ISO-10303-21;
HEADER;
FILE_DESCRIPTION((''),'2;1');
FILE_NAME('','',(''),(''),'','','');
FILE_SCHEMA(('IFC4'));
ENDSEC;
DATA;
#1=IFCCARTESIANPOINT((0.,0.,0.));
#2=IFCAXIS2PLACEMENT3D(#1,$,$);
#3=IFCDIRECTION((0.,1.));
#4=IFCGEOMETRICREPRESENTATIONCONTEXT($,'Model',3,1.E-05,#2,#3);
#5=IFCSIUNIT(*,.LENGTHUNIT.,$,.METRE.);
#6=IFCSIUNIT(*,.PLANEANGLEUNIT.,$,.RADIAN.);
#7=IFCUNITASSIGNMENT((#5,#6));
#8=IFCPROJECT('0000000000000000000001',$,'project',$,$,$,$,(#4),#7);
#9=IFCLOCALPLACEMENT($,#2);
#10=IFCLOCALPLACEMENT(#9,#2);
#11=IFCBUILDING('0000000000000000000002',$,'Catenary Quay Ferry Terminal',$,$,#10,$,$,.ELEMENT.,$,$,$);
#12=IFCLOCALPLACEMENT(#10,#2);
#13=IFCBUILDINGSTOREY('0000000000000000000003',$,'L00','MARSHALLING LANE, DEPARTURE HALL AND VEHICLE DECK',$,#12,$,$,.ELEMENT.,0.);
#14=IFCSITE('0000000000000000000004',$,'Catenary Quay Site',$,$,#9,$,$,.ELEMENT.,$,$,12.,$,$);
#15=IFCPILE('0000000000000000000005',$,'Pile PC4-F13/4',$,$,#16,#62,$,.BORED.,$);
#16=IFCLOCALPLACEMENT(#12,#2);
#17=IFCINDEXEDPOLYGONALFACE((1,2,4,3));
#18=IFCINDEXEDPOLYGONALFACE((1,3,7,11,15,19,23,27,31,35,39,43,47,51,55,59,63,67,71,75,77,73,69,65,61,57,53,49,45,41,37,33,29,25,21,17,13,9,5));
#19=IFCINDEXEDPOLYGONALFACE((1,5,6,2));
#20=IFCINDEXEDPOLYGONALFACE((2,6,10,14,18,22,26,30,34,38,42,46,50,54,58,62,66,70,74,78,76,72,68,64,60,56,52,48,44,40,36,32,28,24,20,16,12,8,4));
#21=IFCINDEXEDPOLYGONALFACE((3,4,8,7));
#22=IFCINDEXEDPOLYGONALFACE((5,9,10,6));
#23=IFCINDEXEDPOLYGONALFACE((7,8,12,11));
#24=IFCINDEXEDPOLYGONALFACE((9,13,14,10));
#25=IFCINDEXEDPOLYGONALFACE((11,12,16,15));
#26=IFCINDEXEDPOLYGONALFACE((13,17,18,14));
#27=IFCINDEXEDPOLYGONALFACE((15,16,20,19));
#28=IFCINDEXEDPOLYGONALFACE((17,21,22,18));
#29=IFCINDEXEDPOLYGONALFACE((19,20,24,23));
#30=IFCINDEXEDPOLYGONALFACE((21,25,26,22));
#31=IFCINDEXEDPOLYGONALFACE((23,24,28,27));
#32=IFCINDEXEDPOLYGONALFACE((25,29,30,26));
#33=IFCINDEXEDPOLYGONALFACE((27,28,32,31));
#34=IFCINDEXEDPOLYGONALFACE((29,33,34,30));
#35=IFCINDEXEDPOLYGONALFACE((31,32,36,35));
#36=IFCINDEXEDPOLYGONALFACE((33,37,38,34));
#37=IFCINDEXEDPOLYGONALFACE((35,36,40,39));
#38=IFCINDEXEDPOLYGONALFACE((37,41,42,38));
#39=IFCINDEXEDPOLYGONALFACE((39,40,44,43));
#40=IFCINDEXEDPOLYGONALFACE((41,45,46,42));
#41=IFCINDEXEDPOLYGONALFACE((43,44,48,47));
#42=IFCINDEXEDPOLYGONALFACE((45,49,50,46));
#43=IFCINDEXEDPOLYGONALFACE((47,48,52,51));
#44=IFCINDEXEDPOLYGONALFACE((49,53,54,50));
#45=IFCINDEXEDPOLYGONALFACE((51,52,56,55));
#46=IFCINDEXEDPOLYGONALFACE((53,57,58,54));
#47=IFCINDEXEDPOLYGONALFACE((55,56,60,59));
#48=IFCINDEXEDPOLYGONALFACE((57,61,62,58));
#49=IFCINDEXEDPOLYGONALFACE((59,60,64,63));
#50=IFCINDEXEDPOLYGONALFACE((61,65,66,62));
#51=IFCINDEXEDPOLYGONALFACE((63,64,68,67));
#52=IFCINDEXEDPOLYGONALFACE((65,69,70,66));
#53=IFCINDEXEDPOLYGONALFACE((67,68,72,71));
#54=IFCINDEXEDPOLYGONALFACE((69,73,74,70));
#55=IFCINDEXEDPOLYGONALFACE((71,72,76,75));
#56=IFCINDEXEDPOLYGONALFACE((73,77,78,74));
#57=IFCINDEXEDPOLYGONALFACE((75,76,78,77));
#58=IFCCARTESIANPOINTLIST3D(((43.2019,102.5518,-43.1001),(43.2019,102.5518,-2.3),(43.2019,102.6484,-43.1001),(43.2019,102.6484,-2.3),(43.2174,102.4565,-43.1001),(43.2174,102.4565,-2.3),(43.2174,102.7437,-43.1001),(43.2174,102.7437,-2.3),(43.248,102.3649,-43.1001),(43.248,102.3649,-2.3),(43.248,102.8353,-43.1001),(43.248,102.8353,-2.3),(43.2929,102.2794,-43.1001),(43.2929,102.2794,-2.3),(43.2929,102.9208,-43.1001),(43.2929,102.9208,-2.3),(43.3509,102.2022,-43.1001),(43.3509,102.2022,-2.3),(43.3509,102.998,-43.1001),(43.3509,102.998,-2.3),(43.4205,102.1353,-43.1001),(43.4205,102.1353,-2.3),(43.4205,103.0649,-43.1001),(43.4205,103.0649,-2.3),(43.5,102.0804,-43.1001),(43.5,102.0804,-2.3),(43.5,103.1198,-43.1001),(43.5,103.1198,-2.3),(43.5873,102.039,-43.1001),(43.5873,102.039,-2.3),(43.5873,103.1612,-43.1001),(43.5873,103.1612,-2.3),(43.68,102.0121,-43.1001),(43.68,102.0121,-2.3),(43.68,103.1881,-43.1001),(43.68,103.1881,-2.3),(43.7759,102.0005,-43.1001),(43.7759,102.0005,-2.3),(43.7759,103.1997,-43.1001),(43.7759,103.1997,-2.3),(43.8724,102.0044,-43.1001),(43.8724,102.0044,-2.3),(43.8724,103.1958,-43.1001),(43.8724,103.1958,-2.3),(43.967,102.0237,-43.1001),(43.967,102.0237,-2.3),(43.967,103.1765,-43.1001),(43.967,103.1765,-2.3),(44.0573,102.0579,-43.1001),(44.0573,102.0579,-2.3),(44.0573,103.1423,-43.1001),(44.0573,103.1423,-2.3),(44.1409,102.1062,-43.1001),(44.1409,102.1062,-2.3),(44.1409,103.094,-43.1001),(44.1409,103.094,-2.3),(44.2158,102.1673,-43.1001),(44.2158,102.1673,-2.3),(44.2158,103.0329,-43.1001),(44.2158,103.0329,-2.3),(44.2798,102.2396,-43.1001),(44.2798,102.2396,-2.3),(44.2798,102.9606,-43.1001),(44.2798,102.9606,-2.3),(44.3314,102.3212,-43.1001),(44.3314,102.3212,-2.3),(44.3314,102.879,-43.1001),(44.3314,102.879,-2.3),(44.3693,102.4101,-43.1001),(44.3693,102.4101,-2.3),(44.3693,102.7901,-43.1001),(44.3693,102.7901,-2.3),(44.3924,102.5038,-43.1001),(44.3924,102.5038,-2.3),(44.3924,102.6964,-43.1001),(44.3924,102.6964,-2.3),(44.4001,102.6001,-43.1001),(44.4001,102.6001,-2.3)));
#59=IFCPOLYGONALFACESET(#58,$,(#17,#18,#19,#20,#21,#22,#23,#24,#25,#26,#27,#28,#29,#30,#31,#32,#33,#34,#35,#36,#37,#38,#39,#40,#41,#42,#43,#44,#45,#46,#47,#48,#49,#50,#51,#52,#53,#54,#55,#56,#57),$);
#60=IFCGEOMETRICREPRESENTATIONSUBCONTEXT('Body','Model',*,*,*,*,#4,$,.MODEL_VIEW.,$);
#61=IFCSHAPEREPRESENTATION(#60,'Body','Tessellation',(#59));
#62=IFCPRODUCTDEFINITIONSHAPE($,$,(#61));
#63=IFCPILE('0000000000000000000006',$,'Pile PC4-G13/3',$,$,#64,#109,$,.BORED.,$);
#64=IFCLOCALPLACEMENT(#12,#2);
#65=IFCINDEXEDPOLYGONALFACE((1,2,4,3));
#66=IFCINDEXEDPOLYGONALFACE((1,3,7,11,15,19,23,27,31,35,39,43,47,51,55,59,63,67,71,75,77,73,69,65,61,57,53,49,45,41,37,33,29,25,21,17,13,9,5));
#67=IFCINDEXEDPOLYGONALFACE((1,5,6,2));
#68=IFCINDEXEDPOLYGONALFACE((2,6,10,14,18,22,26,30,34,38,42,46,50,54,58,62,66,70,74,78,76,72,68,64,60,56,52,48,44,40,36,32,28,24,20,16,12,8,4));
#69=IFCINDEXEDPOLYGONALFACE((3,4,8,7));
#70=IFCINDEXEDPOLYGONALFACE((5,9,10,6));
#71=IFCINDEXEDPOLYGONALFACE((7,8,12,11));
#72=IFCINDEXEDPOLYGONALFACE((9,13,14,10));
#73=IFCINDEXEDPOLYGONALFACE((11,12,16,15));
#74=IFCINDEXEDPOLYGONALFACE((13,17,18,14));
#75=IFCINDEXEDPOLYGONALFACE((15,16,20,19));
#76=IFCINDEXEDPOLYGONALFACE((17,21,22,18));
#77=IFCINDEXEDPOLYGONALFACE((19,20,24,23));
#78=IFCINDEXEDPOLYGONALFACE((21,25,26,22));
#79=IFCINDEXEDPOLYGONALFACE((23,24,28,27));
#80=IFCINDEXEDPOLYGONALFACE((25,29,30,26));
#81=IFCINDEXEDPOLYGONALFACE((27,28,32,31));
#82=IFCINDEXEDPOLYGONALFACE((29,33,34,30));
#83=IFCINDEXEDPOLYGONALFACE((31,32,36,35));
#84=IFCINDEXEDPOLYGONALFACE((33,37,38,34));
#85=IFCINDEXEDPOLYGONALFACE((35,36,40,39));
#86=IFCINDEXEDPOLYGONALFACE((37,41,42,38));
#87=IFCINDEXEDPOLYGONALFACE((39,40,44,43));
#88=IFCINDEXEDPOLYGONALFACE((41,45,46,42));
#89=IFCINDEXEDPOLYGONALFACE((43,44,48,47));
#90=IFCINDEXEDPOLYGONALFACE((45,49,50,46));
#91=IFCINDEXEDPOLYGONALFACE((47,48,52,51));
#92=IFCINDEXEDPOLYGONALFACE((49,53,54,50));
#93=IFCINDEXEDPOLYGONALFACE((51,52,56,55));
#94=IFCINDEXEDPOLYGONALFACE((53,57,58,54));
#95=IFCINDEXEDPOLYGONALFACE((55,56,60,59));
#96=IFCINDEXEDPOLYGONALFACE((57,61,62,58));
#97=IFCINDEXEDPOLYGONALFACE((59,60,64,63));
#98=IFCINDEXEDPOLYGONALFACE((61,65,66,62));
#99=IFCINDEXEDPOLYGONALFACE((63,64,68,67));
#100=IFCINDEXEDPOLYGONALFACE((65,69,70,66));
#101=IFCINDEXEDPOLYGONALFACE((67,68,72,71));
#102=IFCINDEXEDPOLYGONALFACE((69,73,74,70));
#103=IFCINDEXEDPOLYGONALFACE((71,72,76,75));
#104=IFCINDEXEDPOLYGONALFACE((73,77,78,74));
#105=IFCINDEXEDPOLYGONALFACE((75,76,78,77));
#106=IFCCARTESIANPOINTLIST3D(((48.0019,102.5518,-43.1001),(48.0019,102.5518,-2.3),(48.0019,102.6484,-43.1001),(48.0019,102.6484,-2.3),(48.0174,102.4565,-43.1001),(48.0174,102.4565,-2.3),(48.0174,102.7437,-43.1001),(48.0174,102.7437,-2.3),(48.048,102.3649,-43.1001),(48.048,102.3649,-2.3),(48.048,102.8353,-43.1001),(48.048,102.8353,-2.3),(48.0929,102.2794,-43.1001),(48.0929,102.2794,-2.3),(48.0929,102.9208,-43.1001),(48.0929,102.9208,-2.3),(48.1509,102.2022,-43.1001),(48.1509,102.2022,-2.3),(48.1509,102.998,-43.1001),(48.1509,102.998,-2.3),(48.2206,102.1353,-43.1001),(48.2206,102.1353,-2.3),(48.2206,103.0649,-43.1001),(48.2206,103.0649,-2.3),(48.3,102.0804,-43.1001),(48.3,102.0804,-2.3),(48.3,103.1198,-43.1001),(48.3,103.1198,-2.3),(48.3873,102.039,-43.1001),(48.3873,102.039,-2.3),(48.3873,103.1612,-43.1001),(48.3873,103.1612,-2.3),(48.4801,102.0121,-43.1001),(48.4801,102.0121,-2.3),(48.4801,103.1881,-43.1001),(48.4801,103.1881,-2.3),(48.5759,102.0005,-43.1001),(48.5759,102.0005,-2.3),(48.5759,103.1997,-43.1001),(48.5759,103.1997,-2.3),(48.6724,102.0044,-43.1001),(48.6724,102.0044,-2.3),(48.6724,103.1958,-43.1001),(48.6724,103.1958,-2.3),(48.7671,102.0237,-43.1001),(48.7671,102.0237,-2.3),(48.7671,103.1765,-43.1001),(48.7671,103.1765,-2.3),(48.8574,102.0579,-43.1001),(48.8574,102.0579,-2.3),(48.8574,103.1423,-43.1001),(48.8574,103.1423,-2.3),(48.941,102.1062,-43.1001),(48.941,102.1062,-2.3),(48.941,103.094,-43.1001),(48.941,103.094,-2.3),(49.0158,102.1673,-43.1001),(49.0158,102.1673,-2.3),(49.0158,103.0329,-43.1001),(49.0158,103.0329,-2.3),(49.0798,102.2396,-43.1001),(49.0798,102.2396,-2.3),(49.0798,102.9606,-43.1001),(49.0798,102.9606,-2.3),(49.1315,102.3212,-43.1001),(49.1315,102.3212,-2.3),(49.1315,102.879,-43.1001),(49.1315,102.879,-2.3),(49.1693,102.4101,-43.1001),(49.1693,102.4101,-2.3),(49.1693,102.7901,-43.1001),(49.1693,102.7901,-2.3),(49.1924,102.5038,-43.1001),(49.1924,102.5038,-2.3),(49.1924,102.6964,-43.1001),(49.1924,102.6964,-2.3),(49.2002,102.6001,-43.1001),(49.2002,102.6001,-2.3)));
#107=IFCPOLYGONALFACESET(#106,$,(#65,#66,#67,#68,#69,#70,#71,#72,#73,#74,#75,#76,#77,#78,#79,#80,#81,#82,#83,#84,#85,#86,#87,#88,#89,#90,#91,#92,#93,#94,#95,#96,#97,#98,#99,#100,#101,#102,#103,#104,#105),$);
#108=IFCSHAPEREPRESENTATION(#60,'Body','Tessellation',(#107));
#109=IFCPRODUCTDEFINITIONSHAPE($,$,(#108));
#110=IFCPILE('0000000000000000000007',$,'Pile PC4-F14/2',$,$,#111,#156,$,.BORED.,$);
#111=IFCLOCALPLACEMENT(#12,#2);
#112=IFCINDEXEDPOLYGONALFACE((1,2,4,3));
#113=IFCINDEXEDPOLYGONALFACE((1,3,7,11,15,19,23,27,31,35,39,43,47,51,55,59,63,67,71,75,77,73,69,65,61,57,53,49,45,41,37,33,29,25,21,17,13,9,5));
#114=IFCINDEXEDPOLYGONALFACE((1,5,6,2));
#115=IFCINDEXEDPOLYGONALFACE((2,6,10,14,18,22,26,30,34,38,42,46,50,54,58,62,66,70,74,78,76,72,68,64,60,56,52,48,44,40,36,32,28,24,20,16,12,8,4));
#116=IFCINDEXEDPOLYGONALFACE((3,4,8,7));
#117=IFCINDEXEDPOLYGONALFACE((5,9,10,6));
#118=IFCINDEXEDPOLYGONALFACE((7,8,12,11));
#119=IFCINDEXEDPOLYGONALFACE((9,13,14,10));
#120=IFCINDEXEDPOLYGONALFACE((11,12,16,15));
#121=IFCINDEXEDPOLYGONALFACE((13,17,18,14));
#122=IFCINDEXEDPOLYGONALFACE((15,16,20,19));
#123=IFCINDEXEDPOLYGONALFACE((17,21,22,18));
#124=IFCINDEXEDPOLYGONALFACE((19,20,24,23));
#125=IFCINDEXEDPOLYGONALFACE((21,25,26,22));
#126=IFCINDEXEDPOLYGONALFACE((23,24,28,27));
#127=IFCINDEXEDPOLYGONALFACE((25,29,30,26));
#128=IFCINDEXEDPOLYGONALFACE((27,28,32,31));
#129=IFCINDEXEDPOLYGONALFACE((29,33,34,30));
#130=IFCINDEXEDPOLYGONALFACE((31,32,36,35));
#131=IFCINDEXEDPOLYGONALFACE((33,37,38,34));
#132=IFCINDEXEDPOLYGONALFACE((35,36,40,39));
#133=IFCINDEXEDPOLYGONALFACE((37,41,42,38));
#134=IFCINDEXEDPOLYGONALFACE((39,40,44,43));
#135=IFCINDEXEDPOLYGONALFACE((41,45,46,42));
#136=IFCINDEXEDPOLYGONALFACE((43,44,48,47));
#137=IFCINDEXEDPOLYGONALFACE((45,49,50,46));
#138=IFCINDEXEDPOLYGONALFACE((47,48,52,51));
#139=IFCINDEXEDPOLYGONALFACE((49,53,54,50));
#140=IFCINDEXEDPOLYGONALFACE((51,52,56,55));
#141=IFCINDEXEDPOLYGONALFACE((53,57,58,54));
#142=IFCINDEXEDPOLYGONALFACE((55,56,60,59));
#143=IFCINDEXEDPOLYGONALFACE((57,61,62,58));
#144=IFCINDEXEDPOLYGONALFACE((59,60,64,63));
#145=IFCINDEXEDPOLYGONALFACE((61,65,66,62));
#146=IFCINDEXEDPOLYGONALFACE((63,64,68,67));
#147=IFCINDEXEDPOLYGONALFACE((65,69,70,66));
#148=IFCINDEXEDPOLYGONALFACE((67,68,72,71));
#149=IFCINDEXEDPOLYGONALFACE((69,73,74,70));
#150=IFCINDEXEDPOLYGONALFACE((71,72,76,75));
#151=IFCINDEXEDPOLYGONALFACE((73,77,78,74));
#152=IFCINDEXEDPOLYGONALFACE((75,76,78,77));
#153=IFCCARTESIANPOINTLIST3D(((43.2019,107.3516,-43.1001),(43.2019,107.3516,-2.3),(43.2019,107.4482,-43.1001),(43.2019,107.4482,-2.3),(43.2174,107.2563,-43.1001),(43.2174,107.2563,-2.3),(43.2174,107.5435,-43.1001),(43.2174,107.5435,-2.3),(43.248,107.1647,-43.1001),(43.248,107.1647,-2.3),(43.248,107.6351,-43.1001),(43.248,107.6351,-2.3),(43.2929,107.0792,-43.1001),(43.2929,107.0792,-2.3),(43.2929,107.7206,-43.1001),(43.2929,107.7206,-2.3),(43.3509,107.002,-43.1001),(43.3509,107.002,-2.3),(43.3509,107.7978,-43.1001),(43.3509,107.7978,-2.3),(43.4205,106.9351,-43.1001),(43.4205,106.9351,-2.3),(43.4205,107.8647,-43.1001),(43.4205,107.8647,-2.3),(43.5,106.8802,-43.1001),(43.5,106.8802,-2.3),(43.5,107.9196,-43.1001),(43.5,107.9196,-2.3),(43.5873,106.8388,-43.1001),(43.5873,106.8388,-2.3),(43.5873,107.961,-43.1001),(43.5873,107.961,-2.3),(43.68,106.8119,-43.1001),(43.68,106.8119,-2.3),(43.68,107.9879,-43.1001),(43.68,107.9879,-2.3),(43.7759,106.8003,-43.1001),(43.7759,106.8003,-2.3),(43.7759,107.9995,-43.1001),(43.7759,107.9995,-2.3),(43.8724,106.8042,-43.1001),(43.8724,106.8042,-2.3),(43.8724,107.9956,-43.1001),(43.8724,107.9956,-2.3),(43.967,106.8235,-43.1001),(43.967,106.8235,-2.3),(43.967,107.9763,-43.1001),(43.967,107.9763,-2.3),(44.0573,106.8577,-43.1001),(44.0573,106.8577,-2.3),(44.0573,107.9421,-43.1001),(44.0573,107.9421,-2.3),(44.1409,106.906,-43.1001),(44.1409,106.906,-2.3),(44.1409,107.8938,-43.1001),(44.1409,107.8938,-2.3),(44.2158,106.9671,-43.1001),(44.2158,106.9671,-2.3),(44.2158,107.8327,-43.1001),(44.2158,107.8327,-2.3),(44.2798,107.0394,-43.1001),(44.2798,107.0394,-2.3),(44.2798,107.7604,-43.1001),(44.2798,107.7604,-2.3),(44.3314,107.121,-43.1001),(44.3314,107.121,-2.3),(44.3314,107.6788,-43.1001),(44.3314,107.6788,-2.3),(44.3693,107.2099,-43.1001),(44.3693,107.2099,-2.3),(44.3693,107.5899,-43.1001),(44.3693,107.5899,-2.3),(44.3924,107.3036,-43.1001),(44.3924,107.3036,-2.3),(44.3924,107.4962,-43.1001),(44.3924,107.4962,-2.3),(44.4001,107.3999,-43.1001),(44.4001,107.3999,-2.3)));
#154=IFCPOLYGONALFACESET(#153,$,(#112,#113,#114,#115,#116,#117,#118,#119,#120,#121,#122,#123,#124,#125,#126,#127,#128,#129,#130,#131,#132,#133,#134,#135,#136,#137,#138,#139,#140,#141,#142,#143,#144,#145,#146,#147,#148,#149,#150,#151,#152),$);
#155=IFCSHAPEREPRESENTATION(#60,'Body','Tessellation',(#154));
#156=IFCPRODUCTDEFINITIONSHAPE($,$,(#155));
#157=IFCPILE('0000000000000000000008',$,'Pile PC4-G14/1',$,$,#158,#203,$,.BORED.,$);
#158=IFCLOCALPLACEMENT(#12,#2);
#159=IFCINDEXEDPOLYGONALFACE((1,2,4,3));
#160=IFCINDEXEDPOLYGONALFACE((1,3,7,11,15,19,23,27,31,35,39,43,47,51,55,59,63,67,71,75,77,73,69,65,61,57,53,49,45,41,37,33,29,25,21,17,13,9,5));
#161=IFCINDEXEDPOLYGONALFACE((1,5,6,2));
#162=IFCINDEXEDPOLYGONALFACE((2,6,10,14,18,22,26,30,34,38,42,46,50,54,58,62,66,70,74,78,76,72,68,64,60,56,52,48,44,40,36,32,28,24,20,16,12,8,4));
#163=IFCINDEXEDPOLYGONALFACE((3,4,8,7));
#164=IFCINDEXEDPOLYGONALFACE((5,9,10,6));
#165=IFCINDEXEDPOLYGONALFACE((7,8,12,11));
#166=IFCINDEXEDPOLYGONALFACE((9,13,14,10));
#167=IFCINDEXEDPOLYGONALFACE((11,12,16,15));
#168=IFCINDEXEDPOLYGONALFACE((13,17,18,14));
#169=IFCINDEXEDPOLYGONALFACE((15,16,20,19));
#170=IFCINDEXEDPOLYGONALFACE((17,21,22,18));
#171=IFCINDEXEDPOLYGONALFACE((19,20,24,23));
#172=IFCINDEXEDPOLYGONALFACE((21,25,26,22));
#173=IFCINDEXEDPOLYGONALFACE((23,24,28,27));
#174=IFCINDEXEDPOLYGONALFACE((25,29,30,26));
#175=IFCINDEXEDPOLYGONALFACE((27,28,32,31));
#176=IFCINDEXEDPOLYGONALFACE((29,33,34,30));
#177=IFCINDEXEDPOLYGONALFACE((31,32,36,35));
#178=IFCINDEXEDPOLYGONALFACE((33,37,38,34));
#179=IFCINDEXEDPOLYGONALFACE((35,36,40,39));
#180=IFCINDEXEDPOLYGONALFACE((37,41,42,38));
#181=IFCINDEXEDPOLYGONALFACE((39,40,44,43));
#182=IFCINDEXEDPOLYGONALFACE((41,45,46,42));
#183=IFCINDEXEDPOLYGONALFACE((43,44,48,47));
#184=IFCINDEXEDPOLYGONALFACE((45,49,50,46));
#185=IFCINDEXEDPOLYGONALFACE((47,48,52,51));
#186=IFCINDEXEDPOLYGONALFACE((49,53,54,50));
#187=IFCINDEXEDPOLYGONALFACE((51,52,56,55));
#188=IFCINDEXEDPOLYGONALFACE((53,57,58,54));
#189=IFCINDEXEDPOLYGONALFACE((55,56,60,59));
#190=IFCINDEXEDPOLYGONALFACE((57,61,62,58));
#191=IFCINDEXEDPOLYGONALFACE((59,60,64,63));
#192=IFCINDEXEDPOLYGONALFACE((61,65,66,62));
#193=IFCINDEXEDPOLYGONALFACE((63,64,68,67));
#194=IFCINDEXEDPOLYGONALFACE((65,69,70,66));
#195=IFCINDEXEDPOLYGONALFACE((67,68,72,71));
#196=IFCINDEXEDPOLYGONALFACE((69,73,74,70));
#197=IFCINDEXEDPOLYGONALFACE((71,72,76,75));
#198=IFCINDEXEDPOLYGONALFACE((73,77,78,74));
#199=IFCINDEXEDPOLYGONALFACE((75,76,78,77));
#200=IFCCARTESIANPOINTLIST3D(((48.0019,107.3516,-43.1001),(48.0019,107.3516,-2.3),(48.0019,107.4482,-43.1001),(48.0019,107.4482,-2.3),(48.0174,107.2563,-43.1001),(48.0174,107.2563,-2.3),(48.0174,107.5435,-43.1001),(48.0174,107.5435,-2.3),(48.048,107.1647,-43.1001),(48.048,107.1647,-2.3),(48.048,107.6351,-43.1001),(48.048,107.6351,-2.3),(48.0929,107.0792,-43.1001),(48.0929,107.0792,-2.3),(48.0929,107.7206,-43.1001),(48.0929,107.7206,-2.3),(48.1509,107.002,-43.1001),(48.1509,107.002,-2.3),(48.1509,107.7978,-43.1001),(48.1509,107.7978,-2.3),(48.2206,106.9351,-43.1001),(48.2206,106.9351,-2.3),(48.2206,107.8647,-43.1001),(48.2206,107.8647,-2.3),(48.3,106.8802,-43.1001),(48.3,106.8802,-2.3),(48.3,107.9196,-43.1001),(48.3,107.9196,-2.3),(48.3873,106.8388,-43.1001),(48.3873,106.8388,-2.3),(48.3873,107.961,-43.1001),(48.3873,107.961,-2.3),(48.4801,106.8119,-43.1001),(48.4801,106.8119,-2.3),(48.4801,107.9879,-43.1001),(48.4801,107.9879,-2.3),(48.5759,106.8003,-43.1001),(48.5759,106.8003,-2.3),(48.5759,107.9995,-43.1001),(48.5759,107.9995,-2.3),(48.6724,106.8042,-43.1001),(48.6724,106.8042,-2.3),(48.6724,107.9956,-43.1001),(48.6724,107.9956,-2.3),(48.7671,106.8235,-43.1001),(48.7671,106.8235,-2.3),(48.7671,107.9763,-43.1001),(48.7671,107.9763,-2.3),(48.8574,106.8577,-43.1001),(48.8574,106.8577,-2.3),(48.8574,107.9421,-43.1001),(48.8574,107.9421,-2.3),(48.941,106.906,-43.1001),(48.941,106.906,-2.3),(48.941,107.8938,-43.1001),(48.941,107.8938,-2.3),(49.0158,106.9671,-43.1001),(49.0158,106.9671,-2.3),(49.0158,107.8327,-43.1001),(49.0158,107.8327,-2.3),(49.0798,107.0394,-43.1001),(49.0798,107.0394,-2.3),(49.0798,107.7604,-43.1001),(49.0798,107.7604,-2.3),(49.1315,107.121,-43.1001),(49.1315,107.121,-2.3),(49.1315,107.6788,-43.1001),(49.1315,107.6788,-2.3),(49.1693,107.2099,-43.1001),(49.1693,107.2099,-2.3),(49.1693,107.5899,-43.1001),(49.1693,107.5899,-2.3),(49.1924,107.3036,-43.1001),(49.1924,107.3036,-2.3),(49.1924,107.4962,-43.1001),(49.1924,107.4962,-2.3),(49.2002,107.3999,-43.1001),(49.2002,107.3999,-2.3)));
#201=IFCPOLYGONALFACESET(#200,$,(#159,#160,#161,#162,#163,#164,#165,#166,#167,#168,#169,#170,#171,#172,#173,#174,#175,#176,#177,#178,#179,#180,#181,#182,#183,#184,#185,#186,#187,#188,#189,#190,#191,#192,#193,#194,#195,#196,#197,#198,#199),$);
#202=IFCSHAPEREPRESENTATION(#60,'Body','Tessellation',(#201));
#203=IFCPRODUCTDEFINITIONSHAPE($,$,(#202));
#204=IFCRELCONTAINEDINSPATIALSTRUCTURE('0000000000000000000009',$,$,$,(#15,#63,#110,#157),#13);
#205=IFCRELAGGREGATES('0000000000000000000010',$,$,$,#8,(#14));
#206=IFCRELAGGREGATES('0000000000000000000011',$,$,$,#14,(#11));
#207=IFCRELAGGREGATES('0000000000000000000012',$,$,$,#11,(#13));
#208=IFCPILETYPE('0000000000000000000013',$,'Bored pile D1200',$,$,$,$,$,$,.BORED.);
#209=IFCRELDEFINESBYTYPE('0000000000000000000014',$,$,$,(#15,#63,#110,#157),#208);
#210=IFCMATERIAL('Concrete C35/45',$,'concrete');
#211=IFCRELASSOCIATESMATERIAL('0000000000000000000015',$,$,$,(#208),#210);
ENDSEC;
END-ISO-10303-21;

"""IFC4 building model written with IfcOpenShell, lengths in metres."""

from ifc_helpers import new_model, si_unit, direction, frame, origin, origin_2d, place, context, subcontext, project, spatial, circle, extrude, material, material_profile, profile_set, type_object, element, save


model = new_model("IFC4")

# Units and contexts
model_context = context("Model", 3, precision=1e-05, world=origin(), true_north=direction((0.0, 1.0)))
body_context = subcontext(model_context, "Body", "Model", "MODEL_VIEW")
ifc_project = project(units=[si_unit("LENGTHUNIT", "METRE"), si_unit("PLANEANGLEUNIT", "RADIAN")], contexts=[model_context])

# Site, building, storey
site_placement = place(None, origin())
site = spatial("IfcSite", under=ifc_project, at=site_placement, Name="Catenary Quay Site", CompositionType="ELEMENT", RefElevation=12.0)
building_placement = place(site_placement, origin())
building = spatial("IfcBuilding", under=site, at=building_placement, Name="Catenary Quay Ferry Terminal", CompositionType="ELEMENT")
storey_placement = place(building_placement, origin())
storey = spatial("IfcBuildingStorey", under=building, at=storey_placement, Name="L00", Description="MARSHALLING LANE, DEPARTURE HALL AND VEHICLE DECK", CompositionType="ELEMENT", Elevation=0.0)

# Piles
ifc_material_1 = material(Name="Concrete C35/45", Category="concrete")
ifc_material_profile_1 = material_profile(ifc_material_1, circle(Radius=0.6001, at=origin_2d()), Name="D1200")
ifc_profile_set_1 = profile_set([ifc_material_profile_1], Name="Concrete C35/45")
pile_type = type_object("IfcPileType", Name="Bored pile D1200", PredefinedType="BORED", material=ifc_profile_set_1)
for number, where, z_axis, x_axis, name in (
    (1, (43.8, 102.6001, -2.3), (0.0, 0.0, -1.0), (1.0, 0.0, 0.0), "Pile PC4-F13/4"),
    (2, (48.6001, 102.6001, -2.3), (0.0, 0.0, -1.0), (1.0, 0.0, 0.0), "Pile PC4-G13/3"),
    (3, (43.8, 107.3999, -2.3), (0.0, 0.0, -1.0), (1.0, 0.0, 0.0), "Pile PC4-F14/2"),
    (4, (48.6001, 107.3999, -2.3), (0.0, 0.0, -1.0), (1.0, 0.0, 0.0), "Pile PC4-G14/1"),
):
    element("IfcPile", number, at=place(storey_placement, frame(where, z_axis=z_axis, x_axis=x_axis)), inside=storey, type_object=pile_type, Name=name, PredefinedType="BORED", context=body_context, shape_type="SweptSolid", body=[
        extrude(circle(Radius=0.6001, at=origin_2d()), origin(), (0.0, 0.0, 1.0), 40.8),
    ])

save(model, "model.ifc")
